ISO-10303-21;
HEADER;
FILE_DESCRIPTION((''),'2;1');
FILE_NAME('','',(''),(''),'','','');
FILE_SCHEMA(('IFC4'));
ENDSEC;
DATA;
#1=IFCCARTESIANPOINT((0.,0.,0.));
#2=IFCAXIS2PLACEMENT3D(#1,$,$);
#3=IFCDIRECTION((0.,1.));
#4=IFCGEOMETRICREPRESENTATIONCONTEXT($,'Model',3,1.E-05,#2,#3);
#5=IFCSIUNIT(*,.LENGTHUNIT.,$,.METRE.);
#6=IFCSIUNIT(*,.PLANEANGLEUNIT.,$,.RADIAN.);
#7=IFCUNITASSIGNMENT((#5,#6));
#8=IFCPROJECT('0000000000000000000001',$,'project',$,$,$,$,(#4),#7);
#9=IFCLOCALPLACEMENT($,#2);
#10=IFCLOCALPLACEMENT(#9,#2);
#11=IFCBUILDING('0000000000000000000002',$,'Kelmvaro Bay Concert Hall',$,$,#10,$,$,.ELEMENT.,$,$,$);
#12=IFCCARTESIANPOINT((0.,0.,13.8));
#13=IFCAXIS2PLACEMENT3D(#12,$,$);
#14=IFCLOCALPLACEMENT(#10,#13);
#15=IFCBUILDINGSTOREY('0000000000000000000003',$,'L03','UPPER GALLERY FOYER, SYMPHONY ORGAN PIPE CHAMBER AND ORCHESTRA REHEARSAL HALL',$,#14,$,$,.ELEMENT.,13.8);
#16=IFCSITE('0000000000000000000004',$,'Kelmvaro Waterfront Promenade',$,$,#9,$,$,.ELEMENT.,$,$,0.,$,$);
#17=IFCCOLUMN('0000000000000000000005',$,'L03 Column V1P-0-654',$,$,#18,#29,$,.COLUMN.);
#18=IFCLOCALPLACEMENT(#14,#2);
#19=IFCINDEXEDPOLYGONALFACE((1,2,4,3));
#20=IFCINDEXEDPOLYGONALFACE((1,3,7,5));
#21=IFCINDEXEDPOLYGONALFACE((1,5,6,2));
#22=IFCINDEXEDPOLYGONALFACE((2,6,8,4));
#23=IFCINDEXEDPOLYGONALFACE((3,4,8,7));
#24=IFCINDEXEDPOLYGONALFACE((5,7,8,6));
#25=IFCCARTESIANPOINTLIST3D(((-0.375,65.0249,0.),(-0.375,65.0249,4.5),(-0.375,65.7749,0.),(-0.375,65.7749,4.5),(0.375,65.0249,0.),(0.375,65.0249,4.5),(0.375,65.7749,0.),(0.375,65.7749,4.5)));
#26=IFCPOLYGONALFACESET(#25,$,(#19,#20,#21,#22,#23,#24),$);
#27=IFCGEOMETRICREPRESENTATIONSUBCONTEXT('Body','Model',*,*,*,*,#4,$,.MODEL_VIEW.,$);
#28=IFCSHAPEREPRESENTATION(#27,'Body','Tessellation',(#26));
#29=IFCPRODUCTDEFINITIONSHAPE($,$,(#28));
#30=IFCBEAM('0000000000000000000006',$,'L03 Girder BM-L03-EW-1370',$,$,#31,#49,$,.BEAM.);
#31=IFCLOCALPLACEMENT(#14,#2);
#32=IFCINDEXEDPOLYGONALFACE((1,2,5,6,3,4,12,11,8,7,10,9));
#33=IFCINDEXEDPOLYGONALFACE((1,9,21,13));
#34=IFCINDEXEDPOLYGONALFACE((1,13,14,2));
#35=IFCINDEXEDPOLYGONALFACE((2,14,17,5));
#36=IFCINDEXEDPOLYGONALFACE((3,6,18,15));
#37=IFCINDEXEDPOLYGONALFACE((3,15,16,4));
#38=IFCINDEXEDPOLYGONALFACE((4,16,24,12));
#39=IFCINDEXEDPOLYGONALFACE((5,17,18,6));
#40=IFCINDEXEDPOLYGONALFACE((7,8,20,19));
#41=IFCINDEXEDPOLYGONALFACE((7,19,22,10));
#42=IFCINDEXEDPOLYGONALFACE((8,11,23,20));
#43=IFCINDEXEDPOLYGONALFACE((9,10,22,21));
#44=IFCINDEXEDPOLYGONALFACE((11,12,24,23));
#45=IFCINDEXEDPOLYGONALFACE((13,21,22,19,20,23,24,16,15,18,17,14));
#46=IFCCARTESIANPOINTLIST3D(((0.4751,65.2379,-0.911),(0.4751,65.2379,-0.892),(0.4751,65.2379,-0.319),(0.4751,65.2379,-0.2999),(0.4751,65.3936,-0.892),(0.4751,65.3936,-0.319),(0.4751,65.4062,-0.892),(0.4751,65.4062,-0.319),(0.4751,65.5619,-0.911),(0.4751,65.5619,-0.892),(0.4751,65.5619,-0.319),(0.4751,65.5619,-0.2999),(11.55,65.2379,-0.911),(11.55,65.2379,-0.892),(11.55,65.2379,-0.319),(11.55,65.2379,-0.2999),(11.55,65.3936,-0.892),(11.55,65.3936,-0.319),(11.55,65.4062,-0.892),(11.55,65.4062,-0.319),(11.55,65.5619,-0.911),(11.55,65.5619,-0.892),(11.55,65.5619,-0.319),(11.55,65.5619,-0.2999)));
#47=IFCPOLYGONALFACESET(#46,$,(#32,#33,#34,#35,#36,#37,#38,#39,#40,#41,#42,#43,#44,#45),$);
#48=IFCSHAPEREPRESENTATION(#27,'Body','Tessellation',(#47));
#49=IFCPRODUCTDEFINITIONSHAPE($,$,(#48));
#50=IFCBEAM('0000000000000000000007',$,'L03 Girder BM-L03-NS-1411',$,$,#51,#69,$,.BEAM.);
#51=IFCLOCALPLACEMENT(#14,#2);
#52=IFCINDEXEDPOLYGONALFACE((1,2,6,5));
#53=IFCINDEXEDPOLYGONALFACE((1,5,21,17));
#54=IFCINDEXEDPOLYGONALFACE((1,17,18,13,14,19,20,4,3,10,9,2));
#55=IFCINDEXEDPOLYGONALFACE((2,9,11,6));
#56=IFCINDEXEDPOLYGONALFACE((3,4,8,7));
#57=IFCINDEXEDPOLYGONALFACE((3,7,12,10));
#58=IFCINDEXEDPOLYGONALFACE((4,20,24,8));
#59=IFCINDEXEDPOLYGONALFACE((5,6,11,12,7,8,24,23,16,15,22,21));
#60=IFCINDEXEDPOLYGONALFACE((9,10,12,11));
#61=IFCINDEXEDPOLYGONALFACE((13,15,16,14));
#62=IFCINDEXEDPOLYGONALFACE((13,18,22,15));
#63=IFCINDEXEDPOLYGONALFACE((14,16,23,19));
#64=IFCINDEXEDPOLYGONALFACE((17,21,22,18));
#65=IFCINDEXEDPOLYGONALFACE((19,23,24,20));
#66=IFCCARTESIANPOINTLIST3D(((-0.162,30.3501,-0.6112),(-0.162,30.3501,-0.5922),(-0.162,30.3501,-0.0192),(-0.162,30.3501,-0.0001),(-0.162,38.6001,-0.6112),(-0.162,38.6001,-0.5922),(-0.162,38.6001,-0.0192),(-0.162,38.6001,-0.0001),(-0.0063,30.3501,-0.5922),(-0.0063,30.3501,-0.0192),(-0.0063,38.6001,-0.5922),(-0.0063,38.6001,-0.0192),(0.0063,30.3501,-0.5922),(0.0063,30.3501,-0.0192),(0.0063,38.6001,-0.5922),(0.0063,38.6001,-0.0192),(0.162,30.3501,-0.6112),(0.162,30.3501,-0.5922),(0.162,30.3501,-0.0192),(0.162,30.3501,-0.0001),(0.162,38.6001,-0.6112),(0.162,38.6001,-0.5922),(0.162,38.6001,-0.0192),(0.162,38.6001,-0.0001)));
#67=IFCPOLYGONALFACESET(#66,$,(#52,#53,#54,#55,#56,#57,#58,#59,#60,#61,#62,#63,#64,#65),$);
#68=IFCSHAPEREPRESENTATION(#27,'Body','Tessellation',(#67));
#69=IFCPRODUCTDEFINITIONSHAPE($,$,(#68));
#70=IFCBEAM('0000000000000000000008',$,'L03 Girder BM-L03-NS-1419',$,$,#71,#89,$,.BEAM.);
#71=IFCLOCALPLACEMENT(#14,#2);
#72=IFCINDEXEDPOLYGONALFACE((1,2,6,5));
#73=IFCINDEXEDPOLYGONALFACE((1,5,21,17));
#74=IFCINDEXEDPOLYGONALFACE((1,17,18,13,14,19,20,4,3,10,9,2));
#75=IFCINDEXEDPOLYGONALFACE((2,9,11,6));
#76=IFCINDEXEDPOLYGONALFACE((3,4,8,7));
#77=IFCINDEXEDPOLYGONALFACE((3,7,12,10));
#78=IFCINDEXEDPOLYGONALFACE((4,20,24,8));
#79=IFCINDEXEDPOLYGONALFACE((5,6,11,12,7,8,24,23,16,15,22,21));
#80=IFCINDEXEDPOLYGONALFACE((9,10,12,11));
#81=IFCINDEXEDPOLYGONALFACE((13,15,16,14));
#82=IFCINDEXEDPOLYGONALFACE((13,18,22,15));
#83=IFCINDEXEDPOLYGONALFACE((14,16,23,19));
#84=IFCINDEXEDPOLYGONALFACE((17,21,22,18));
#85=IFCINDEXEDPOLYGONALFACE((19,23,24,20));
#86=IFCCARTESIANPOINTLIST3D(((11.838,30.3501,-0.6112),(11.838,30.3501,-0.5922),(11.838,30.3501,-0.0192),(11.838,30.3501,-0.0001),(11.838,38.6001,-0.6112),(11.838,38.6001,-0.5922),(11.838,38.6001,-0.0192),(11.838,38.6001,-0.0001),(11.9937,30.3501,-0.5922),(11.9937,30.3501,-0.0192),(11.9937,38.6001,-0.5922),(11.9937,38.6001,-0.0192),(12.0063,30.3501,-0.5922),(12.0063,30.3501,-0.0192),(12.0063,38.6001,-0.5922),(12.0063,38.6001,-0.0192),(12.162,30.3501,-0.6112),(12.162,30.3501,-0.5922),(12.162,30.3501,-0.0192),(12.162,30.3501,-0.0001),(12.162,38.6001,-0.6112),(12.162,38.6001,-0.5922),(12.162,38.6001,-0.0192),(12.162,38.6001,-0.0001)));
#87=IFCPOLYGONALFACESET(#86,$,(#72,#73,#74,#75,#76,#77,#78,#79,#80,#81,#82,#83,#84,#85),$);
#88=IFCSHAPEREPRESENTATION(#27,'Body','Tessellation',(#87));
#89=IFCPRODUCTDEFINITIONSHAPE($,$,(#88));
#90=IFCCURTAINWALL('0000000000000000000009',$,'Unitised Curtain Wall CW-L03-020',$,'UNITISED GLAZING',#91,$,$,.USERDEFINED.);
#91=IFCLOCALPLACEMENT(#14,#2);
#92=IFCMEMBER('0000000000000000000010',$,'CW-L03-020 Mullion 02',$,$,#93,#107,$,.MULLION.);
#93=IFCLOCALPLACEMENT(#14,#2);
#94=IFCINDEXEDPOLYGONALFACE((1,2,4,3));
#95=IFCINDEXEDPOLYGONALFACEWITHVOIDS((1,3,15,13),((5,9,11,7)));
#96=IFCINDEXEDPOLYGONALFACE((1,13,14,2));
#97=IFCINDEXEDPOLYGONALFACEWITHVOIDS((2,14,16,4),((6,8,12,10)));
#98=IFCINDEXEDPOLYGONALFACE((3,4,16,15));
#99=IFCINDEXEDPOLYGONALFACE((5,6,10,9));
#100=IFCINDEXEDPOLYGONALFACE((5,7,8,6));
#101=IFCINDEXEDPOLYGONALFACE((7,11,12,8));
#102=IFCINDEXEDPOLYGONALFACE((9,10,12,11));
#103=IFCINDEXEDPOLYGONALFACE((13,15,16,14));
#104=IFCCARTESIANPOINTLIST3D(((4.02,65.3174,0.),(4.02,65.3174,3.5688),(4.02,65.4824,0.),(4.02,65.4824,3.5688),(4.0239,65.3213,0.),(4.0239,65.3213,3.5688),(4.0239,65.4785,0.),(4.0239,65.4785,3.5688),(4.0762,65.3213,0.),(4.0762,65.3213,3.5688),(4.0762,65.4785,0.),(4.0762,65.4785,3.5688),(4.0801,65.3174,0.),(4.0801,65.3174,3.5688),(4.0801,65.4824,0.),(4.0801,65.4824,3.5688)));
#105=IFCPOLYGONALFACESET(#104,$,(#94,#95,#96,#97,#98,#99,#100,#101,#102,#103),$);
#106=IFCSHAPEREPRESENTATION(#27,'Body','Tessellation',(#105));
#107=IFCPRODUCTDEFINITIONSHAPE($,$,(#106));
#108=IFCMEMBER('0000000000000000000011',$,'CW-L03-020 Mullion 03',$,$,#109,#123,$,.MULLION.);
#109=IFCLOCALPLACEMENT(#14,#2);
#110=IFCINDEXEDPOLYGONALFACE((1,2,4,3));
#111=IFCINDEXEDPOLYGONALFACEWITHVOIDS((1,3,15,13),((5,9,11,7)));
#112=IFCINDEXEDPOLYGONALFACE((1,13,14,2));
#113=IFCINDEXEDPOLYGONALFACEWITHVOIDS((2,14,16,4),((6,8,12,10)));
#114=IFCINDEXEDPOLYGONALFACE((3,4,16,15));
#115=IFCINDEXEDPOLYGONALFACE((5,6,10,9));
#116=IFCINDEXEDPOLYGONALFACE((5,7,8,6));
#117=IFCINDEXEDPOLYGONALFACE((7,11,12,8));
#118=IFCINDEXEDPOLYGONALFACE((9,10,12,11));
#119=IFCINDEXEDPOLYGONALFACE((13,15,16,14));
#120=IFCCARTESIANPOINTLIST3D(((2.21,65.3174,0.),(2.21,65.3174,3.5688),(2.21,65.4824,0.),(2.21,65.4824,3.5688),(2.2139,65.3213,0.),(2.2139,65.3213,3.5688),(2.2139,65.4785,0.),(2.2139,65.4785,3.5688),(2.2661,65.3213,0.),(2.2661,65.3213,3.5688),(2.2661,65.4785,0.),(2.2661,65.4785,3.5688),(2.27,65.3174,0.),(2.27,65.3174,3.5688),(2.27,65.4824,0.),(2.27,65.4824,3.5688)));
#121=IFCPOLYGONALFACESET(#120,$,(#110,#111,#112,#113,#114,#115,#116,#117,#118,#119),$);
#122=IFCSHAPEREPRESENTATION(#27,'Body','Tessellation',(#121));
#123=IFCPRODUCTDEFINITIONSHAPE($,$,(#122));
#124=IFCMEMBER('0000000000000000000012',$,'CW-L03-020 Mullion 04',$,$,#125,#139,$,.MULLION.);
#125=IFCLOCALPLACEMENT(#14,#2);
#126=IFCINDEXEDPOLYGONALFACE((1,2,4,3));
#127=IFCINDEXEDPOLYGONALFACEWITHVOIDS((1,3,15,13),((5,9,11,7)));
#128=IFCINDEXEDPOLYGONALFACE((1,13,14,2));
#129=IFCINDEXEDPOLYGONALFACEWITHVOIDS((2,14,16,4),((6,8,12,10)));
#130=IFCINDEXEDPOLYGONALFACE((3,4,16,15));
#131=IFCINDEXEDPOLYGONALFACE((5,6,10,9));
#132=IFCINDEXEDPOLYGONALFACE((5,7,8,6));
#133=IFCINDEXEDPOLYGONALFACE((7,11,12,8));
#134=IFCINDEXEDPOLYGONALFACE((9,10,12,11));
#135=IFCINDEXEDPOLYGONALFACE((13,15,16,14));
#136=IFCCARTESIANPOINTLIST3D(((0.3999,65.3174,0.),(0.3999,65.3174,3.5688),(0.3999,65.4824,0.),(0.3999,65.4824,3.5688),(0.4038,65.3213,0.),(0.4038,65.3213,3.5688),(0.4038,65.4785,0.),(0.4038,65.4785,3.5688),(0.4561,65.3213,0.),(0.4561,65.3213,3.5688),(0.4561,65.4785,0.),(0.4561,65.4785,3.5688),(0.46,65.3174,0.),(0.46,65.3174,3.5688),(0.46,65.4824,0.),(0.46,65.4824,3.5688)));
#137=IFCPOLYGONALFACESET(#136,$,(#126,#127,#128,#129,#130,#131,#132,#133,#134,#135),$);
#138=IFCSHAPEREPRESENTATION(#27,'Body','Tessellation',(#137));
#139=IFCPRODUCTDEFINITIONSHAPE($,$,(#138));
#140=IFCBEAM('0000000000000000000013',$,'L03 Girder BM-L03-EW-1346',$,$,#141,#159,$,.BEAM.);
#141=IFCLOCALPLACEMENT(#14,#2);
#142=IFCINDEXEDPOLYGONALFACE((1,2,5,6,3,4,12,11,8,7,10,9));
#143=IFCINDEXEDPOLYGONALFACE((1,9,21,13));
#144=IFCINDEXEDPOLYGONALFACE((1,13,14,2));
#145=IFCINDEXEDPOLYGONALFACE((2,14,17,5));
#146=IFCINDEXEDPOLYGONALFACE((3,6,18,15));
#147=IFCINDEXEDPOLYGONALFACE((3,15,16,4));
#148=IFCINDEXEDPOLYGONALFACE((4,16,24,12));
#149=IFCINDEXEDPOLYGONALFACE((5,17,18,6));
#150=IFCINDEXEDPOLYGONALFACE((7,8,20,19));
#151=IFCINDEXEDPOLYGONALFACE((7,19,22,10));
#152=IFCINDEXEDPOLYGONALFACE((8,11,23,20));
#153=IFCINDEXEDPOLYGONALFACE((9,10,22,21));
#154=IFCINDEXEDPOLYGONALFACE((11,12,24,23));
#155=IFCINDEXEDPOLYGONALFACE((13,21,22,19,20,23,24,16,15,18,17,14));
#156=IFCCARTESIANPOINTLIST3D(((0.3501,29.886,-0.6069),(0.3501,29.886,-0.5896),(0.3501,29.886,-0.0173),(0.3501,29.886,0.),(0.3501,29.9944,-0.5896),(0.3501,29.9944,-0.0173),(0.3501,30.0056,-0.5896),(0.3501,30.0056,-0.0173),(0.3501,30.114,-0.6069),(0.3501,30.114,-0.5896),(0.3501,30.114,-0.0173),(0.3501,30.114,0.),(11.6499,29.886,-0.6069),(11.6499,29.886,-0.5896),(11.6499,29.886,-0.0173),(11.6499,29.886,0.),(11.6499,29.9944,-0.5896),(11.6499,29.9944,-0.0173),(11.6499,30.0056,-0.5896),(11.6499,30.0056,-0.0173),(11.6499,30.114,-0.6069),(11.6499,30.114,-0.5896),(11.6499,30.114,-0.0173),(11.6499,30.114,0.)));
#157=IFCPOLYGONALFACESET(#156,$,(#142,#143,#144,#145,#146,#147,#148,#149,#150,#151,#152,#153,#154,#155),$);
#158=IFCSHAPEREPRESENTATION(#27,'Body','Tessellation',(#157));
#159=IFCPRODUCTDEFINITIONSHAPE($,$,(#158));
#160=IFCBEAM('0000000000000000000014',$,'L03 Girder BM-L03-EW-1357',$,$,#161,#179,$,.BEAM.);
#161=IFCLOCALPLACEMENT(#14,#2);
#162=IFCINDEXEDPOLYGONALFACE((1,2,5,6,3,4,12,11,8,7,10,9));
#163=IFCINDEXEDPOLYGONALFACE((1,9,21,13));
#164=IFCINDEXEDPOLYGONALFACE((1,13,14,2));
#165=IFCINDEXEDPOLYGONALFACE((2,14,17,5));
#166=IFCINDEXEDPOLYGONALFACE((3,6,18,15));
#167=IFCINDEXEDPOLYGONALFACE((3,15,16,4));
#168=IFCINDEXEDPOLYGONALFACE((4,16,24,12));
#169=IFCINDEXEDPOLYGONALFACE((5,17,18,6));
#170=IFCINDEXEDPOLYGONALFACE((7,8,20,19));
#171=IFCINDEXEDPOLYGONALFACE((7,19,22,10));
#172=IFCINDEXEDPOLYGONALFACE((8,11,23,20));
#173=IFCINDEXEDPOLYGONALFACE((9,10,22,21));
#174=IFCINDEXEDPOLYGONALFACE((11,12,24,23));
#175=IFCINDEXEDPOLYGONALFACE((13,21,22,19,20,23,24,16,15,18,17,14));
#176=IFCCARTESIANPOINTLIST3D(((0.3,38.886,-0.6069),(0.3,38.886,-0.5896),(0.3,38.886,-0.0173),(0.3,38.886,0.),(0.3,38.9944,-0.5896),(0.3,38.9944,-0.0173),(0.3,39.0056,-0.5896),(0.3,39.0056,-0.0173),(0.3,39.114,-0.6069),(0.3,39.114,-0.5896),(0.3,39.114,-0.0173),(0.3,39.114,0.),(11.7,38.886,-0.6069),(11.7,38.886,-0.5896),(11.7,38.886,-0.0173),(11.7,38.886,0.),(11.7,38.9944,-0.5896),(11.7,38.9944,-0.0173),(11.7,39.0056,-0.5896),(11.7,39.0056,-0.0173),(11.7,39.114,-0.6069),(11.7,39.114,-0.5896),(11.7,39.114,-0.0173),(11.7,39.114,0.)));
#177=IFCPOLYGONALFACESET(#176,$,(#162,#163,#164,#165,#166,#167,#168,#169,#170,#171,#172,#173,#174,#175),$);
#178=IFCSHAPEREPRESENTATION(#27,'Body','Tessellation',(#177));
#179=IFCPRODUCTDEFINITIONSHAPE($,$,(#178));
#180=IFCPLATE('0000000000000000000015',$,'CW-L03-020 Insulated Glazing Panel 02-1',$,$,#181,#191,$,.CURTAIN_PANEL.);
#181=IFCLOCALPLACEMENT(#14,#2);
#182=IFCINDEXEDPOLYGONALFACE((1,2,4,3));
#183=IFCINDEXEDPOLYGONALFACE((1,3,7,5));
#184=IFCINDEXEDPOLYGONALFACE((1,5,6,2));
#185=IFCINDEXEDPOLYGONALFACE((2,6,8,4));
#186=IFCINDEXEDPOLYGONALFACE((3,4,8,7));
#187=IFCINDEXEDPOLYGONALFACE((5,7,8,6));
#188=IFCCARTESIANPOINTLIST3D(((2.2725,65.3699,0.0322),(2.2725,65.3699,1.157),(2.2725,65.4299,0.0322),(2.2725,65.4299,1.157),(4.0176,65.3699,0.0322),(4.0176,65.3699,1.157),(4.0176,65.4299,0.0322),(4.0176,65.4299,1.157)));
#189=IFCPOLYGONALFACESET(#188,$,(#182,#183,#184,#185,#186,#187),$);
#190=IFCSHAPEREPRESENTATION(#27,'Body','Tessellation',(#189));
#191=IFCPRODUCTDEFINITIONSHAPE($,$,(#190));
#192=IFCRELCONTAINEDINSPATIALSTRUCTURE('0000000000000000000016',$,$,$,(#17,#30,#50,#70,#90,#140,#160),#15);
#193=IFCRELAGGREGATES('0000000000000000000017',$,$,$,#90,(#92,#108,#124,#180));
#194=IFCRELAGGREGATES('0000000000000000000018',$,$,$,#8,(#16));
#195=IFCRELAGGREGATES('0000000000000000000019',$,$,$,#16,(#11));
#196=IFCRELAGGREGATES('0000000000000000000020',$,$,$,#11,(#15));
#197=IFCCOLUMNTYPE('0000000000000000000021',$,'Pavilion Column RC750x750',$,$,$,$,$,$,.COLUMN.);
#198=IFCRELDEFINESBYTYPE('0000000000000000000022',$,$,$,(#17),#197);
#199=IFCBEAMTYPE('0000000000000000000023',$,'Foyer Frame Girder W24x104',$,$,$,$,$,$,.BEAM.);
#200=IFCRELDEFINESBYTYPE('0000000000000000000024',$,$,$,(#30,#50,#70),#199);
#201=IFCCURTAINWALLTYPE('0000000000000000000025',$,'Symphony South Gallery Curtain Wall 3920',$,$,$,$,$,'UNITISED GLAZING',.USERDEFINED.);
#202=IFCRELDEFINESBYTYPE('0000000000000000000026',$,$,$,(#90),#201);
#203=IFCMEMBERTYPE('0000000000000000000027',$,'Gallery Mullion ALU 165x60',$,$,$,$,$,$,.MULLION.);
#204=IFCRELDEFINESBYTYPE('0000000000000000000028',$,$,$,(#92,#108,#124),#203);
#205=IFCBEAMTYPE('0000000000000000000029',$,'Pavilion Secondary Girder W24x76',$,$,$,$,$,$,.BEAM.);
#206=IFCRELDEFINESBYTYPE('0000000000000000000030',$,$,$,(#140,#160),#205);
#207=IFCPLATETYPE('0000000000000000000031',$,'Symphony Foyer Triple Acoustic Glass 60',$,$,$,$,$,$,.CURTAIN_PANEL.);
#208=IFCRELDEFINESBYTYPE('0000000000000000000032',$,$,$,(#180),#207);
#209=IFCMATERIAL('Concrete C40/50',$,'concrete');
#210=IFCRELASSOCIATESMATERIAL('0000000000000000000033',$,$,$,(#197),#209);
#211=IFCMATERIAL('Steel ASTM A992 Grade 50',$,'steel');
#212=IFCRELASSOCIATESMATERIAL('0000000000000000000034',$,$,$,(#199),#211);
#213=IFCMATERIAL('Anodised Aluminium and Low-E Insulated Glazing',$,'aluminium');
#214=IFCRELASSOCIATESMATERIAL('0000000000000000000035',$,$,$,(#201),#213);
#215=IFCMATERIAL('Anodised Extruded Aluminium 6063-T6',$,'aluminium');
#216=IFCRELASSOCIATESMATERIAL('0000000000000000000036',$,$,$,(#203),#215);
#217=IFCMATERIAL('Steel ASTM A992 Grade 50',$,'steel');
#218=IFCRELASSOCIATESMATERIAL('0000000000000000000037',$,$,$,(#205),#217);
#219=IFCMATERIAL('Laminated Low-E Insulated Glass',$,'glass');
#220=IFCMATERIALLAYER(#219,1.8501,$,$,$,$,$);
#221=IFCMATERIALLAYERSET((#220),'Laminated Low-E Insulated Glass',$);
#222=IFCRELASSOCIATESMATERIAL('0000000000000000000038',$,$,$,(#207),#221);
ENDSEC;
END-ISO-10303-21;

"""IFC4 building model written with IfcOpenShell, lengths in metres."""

from ifc_helpers import new_model, si_unit, direction, frame, origin, origin_2d, place, context, subcontext, project, spatial, rectangle, hollow_rectangle, i_section, extrude, material, layer, layer_set, material_profile, profile_set, type_object, element, aggregate, save


model = new_model("IFC4")

# Units and contexts
model_context = context("Model", 3, precision=1e-05, world=origin(), true_north=direction((0.0, 1.0)))
body_context = subcontext(model_context, "Body", "Model", "MODEL_VIEW")
ifc_project = project(units=[si_unit("LENGTHUNIT", "METRE"), si_unit("PLANEANGLEUNIT", "RADIAN")], contexts=[model_context])

# Site, building, storey
site_placement = place(None, origin())
site = spatial("IfcSite", under=ifc_project, at=site_placement, Name="Kelmvaro Waterfront Promenade", CompositionType="ELEMENT", RefElevation=0.0)
building_placement = place(site_placement, origin())
building = spatial("IfcBuilding", under=site, at=building_placement, Name="Kelmvaro Bay Concert Hall", CompositionType="ELEMENT")
storey_placement = place(building_placement, frame((0.0, 0.0, 13.8)))
storey = spatial("IfcBuildingStorey", under=building, at=storey_placement, Name="L03", Description="UPPER GALLERY FOYER, SYMPHONY ORGAN PIPE CHAMBER AND ORCHESTRA REHEARSAL HALL", CompositionType="ELEMENT", Elevation=13.8)

# Column
ifc_material_1 = material(Name="Concrete C40/50", Category="concrete")
ifc_material_profile_1 = material_profile(ifc_material_1, rectangle(XDim=0.75, YDim=0.75, at=origin_2d()), Name="RC-COL-750X750")
ifc_profile_set_1 = profile_set([ifc_material_profile_1], Name="Concrete C40/50")
column_type = type_object("IfcColumnType", Name="Pavilion Column RC750x750", PredefinedType="COLUMN", material=ifc_profile_set_1)
column_placement = place(storey_placement, frame((0.0, 65.3999, 0.0), z_axis=(0.0, 0.0, 1.0), x_axis=(1.0, 0.0, 0.0)))
element("IfcColumn", 1, at=column_placement, inside=storey, type_object=column_type, Name="L03 Column V1P-0-654", PredefinedType="COLUMN", context=body_context, shape_type="SweptSolid", body=[
    extrude(rectangle(XDim=0.75, YDim=0.75, at=origin_2d()), origin(), (0.0, 0.0, 1.0), 4.5),
])

# Beams
ifc_material_2 = material(Name="Steel ASTM A992 Grade 50", Category="steel")
ifc_material_profile_2 = material_profile(ifc_material_2, i_section(OverallWidth=0.324, OverallDepth=0.6111, WebThickness=0.0127, FlangeThickness=0.019, at=origin_2d()), Name="W24X104")
ifc_profile_set_2 = profile_set([ifc_material_profile_2], Name="Steel ASTM A992 Grade 50")
beam_type_1 = type_object("IfcBeamType", Name="Foyer Frame Girder W24x104", PredefinedType="BEAM", material=ifc_profile_set_2)
beam_1_placement = place(storey_placement, frame((0.4751, 65.3999, -0.6055), z_axis=(1.0, 0.0, 0.0), x_axis=(0.0, 1.0, 0.0)))
element("IfcBeam", 2, at=beam_1_placement, inside=storey, type_object=beam_type_1, Name="L03 Girder BM-L03-EW-1370", PredefinedType="BEAM", context=body_context, shape_type="SweptSolid", body=[
    extrude(i_section(OverallWidth=0.324, OverallDepth=0.6111, WebThickness=0.0127, FlangeThickness=0.019, at=origin_2d()), origin(), (0.0, 0.0, 1.0), 11.075),
])
for number, where, z_axis, x_axis, name in (
    (3, (0.0, 30.3501, -0.3057), (0.0, 1.0, 0.0), (-1.0, 0.0, 0.0), "L03 Girder BM-L03-NS-1411"),
    (4, (12.0, 30.3501, -0.3057), (0.0, 1.0, 0.0), (-1.0, 0.0, 0.0), "L03 Girder BM-L03-NS-1419"),
):
    element("IfcBeam", number, at=place(storey_placement, frame(where, z_axis=z_axis, x_axis=x_axis)), inside=storey, type_object=beam_type_1, Name=name, PredefinedType="BEAM", context=body_context, shape_type="SweptSolid", body=[
        extrude(i_section(OverallWidth=0.324, OverallDepth=0.6111, WebThickness=0.0127, FlangeThickness=0.019, at=origin_2d()), origin(), (0.0, 0.0, 1.0), 8.25),
    ])

# Curtain wall, members
ifc_material_3 = material(Name="Anodised Aluminium and Low-E Insulated Glazing", Category="aluminium")
curtain_wall_type = type_object("IfcCurtainWallType", Name="Symphony South Gallery Curtain Wall 3920", ElementType="UNITISED GLAZING", PredefinedType="USERDEFINED", material=ifc_material_3)
curtain_wall_placement = place(storey_placement, origin())
curtain_wall = element("IfcCurtainWall", 5, at=curtain_wall_placement, inside=storey, type_object=curtain_wall_type, Name="Unitised Curtain Wall CW-L03-020", ObjectType="UNITISED GLAZING", PredefinedType="USERDEFINED")
ifc_material_4 = material(Name="Anodised Extruded Aluminium 6063-T6", Category="aluminium")
ifc_material_profile_3 = material_profile(ifc_material_4, hollow_rectangle(XDim=0.0601, YDim=0.165, WallThickness=0.0039, at=origin_2d()), Name="ALU-MUL-165X60")
ifc_profile_set_3 = profile_set([ifc_material_profile_3], Name="Anodised Extruded Aluminium 6063-T6")
member_type = type_object("IfcMemberType", Name="Gallery Mullion ALU 165x60", PredefinedType="MULLION", material=ifc_profile_set_3)
member_1_placement = place(storey_placement, frame((4.05, 65.3999, 0.0), z_axis=(0.0, 0.0, 1.0), x_axis=(1.0, 0.0, 0.0)))
member_1 = element("IfcMember", 6, at=member_1_placement, type_object=member_type, Name="CW-L03-020 Mullion 02", PredefinedType="MULLION", context=body_context, shape_type="SweptSolid", body=[
    extrude(hollow_rectangle(XDim=0.0601, YDim=0.165, WallThickness=0.0039, at=origin_2d()), origin(), (0.0, 0.0, 1.0), 3.5688),
])
member_2_placement = place(storey_placement, frame((2.24, 65.3999, 0.0), z_axis=(0.0, 0.0, 1.0), x_axis=(1.0, 0.0, 0.0)))
member_2 = element("IfcMember", 7, at=member_2_placement, type_object=member_type, Name="CW-L03-020 Mullion 03", PredefinedType="MULLION", context=body_context, shape_type="SweptSolid", body=[
    extrude(hollow_rectangle(XDim=0.0601, YDim=0.165, WallThickness=0.0039, at=origin_2d()), origin(), (0.0, 0.0, 1.0), 3.5688),
])
member_3_placement = place(storey_placement, frame((0.4299, 65.3999, 0.0), z_axis=(0.0, 0.0, 1.0), x_axis=(1.0, 0.0, 0.0)))
member_3 = element("IfcMember", 8, at=member_3_placement, type_object=member_type, Name="CW-L03-020 Mullion 04", PredefinedType="MULLION", context=body_context, shape_type="SweptSolid", body=[
    extrude(hollow_rectangle(XDim=0.0601, YDim=0.165, WallThickness=0.0039, at=origin_2d()), origin(), (0.0, 0.0, 1.0), 3.5688),
])

# Beams
ifc_material_5 = material(Name="Steel ASTM A992 Grade 50", Category="steel")
ifc_material_profile_4 = material_profile(ifc_material_5, i_section(OverallWidth=0.228, OverallDepth=0.6069, WebThickness=0.0112, FlangeThickness=0.0173, at=origin_2d()), Name="W24X76")
ifc_profile_set_4 = profile_set([ifc_material_profile_4], Name="Steel ASTM A992 Grade 50")
beam_type_2 = type_object("IfcBeamType", Name="Pavilion Secondary Girder W24x76", PredefinedType="BEAM", material=ifc_profile_set_4)
beam_2_placement = place(storey_placement, frame((0.3501, 30.0, -0.3035), z_axis=(1.0, 0.0, 0.0), x_axis=(0.0, 1.0, 0.0)))
element("IfcBeam", 9, at=beam_2_placement, inside=storey, type_object=beam_type_2, Name="L03 Girder BM-L03-EW-1346", PredefinedType="BEAM", context=body_context, shape_type="SweptSolid", body=[
    extrude(i_section(OverallWidth=0.228, OverallDepth=0.6069, WebThickness=0.0112, FlangeThickness=0.0173, at=origin_2d()), origin(), (0.0, 0.0, 1.0), 11.2998),
])
beam_3_placement = place(storey_placement, frame((0.3, 39.0, -0.3035), z_axis=(1.0, 0.0, 0.0), x_axis=(0.0, 1.0, 0.0)))
element("IfcBeam", 10, at=beam_3_placement, inside=storey, type_object=beam_type_2, Name="L03 Girder BM-L03-EW-1357", PredefinedType="BEAM", context=body_context, shape_type="SweptSolid", body=[
    extrude(i_section(OverallWidth=0.228, OverallDepth=0.6069, WebThickness=0.0112, FlangeThickness=0.0173, at=origin_2d()), origin(), (0.0, 0.0, 1.0), 11.3999),
])

# Plate
ifc_material_6 = material(Name="Laminated Low-E Insulated Glass", Category="glass")
ifc_layer_1 = layer(ifc_material_6, 1.8501)
ifc_layer_set_1 = layer_set([ifc_layer_1], Name="Laminated Low-E Insulated Glass")
plate_type = type_object("IfcPlateType", Name="Symphony Foyer Triple Acoustic Glass 60", PredefinedType="CURTAIN_PANEL", material=ifc_layer_set_1)
plate_1_placement = place(storey_placement, frame((3.145, 65.3999, 0.0322), z_axis=(0.0, 0.0, 1.0), x_axis=(-1.0, 0.0, 0.0)))
plate_1 = element("IfcPlate", 11, at=plate_1_placement, type_object=plate_type, Name="CW-L03-020 Insulated Glazing Panel 02-1", PredefinedType="CURTAIN_PANEL", context=body_context, shape_type="SweptSolid", body=[
    extrude(rectangle(XDim=1.7451, YDim=0.0601, at=origin_2d()), origin(), (0.0, 0.0, 1.0), 1.1248),
])
aggregate(curtain_wall, [member_1, member_2, member_3, plate_1])

save(model, "model.ifc")
